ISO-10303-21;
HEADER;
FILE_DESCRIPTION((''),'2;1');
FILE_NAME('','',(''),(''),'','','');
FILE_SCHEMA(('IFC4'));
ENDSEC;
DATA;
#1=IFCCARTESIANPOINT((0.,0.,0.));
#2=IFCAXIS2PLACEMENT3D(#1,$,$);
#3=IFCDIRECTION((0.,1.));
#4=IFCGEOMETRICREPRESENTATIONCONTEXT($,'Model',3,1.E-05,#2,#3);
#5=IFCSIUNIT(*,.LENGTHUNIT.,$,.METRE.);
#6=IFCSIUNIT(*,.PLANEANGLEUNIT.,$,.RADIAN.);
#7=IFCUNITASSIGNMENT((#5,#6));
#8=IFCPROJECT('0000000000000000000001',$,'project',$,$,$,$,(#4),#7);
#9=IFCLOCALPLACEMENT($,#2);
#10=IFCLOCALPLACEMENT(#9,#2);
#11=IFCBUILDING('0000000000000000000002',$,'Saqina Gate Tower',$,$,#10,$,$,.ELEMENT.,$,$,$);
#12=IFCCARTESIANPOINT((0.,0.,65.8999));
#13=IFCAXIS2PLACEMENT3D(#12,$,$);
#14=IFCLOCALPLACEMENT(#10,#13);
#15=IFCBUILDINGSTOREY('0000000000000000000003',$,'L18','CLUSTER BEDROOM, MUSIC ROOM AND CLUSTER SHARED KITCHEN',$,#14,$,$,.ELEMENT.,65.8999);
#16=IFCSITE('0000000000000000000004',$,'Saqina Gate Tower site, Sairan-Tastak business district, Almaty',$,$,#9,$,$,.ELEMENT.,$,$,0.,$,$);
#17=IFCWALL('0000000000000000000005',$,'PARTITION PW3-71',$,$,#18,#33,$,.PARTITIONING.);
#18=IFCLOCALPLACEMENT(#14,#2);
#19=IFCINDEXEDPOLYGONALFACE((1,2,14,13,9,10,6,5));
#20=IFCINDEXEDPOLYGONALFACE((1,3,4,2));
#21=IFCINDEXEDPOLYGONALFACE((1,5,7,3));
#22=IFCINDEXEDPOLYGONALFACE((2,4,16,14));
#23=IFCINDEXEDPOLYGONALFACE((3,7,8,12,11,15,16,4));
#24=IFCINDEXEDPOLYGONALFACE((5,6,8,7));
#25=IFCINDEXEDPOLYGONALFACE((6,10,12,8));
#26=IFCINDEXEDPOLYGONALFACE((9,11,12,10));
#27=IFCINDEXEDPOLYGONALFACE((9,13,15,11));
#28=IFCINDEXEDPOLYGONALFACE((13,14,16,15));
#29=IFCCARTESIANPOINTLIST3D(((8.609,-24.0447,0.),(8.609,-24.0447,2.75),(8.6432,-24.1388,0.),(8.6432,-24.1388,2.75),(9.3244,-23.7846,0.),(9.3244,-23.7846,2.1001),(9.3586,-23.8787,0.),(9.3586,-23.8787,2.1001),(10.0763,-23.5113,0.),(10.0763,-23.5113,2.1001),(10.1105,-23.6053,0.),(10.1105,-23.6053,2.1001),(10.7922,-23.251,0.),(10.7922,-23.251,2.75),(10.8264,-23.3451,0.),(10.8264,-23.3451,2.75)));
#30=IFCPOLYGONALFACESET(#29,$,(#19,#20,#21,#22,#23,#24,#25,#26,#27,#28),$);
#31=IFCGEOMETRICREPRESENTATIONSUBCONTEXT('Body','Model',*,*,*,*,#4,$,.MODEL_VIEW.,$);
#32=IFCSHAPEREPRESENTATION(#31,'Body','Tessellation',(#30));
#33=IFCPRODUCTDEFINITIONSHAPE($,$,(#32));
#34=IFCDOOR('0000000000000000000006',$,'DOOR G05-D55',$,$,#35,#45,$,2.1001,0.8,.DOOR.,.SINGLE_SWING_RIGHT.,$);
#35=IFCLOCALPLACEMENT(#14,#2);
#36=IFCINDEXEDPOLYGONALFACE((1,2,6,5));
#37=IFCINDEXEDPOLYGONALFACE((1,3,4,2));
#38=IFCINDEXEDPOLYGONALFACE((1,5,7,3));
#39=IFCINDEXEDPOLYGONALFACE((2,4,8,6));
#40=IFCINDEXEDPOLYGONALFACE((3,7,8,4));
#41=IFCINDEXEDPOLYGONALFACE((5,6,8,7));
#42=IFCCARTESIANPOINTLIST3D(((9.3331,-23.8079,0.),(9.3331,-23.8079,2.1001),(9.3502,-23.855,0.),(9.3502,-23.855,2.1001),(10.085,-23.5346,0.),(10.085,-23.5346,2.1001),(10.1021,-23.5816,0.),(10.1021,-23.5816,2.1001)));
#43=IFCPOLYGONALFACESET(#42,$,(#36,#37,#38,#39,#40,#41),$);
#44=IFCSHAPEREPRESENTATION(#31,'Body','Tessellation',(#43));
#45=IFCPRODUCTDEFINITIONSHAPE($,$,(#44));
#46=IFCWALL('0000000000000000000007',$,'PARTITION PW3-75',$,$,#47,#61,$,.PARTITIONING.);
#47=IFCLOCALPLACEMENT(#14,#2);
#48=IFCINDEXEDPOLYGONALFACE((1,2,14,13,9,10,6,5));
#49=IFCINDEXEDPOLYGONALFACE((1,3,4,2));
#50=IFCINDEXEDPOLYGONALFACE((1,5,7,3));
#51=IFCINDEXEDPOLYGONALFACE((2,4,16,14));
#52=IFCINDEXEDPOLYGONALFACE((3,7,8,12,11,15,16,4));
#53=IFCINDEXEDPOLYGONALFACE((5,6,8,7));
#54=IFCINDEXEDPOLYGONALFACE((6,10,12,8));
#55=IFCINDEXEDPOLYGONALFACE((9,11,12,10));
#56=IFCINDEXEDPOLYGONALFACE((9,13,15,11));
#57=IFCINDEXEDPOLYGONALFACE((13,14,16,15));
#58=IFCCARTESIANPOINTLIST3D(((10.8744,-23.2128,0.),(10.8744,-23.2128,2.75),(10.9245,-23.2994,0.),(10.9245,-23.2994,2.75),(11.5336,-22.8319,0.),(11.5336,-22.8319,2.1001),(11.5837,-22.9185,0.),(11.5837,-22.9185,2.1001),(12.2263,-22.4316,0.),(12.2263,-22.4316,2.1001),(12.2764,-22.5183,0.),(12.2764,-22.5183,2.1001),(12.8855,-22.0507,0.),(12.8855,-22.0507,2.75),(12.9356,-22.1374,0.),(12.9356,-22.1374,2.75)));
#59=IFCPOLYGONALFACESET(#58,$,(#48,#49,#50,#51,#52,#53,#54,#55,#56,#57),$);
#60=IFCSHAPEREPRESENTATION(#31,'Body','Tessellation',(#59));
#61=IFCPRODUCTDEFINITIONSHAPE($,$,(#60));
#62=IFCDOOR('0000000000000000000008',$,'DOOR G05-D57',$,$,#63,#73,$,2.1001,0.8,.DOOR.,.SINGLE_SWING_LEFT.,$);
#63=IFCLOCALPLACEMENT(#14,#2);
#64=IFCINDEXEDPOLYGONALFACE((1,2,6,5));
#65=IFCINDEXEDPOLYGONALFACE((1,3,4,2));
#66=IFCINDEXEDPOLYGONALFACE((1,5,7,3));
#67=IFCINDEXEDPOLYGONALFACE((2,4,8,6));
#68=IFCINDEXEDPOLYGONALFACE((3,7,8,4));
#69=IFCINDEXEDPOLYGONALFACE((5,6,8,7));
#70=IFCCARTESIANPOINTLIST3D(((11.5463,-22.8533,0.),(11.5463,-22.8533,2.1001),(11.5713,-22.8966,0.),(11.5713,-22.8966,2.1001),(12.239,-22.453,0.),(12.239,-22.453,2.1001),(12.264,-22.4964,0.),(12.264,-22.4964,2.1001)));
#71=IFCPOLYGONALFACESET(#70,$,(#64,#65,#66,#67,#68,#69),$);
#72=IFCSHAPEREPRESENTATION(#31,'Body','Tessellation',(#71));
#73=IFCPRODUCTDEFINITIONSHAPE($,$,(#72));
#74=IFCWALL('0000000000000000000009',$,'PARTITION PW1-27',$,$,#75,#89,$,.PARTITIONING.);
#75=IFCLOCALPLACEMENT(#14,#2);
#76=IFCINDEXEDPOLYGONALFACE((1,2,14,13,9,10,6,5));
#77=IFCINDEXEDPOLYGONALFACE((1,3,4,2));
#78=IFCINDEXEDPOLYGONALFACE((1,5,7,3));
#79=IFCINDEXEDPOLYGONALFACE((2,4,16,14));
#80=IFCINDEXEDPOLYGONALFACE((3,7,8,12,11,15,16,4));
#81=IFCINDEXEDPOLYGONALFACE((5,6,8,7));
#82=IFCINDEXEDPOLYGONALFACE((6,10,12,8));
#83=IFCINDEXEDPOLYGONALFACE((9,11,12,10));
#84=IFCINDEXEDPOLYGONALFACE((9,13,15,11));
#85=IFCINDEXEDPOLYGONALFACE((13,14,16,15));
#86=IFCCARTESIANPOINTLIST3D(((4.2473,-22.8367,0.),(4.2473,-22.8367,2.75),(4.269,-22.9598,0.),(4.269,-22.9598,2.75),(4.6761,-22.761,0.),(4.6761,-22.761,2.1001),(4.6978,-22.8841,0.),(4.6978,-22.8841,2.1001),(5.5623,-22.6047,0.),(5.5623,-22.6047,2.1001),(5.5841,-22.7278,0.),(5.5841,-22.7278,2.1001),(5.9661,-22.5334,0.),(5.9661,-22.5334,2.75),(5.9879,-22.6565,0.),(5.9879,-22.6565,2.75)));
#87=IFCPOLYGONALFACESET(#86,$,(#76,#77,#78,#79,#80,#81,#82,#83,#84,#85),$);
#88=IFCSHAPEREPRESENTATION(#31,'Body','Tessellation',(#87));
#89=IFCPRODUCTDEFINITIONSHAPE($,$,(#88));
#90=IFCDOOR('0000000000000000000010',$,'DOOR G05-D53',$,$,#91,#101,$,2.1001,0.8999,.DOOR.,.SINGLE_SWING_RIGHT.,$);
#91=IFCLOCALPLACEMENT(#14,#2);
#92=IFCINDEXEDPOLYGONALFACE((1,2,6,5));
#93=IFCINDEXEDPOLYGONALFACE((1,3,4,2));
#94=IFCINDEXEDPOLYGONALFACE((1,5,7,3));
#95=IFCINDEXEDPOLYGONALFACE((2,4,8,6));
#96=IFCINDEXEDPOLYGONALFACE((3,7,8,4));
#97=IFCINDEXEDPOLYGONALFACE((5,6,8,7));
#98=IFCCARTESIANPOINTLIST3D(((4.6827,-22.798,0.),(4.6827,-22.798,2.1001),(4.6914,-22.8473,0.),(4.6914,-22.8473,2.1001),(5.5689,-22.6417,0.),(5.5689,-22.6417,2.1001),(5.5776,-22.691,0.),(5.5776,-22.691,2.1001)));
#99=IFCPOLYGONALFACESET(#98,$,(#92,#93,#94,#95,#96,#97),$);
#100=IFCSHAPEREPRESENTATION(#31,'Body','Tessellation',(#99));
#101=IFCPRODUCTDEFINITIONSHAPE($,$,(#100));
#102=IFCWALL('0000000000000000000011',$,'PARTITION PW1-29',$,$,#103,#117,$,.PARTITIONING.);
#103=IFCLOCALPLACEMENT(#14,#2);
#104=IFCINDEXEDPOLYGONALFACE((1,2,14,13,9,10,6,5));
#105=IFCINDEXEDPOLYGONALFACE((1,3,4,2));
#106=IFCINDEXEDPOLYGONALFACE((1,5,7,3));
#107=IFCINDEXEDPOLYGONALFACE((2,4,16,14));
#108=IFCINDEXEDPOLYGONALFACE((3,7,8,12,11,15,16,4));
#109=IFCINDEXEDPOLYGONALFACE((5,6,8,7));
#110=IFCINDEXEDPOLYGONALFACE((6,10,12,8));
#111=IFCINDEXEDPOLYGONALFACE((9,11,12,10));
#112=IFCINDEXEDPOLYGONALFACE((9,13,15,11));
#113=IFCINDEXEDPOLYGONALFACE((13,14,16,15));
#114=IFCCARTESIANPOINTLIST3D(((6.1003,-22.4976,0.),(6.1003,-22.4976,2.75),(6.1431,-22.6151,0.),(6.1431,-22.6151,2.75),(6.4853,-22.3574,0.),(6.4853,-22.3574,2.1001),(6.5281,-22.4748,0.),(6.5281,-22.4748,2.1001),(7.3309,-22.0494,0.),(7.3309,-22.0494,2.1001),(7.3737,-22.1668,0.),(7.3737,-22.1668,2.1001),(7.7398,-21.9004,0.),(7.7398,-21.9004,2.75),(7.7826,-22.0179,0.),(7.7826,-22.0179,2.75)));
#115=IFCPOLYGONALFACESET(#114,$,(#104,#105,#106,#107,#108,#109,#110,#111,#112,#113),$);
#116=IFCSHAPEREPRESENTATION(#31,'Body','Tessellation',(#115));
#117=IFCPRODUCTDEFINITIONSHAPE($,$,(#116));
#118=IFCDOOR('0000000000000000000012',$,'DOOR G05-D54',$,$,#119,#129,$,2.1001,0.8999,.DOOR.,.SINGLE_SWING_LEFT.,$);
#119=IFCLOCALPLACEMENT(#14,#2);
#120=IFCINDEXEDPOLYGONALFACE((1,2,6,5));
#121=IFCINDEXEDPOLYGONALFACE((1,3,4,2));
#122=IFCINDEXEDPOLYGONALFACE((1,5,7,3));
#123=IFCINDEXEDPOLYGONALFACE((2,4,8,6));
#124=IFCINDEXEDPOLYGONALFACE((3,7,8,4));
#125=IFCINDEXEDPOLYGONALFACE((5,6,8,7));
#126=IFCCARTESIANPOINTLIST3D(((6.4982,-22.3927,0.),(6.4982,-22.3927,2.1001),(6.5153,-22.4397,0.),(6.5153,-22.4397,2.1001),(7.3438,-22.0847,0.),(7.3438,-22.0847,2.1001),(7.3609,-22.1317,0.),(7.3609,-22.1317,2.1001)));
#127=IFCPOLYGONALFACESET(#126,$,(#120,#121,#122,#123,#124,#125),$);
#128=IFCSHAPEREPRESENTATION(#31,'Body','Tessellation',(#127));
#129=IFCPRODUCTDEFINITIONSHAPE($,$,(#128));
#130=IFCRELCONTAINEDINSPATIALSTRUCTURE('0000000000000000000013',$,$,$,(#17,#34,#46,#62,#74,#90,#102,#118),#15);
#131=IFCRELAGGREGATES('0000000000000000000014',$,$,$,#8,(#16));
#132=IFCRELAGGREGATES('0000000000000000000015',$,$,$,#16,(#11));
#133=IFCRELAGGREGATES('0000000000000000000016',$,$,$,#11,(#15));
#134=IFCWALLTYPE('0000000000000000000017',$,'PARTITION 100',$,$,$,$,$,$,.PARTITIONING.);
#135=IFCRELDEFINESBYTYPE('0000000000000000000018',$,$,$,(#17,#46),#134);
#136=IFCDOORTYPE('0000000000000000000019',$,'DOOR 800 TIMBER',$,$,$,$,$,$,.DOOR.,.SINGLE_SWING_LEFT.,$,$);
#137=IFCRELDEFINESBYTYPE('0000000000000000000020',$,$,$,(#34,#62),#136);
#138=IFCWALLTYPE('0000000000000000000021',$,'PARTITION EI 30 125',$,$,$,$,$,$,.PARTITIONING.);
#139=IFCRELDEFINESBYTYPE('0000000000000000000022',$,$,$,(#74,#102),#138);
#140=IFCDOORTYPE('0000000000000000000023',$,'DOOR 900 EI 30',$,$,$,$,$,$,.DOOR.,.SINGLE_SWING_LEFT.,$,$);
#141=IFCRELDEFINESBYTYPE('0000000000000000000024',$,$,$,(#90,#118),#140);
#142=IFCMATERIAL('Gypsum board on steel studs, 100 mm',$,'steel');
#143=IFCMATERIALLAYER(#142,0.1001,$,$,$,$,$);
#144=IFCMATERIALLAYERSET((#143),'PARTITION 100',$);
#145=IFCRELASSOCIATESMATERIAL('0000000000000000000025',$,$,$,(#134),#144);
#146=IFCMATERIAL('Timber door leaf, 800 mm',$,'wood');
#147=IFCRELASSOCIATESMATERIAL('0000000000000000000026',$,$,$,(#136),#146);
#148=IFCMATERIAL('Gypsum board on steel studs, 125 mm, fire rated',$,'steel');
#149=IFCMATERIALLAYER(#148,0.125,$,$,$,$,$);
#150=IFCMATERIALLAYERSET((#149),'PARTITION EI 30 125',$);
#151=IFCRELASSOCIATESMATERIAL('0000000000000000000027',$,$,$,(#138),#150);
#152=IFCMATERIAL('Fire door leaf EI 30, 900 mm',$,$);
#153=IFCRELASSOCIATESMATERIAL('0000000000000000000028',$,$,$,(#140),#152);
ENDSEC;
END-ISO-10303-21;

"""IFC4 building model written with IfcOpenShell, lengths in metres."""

from ifc_helpers import new_model, si_unit, direction, frame, frame_2d, origin, place, context, subcontext, project, spatial, rectangle, extrude, material, layer, layer_set, type_object, element, fill, save


model = new_model("IFC4")

# Units and contexts
model_context = context("Model", 3, precision=1e-05, world=origin(), true_north=direction((0.0, 1.0)))
body_context = subcontext(model_context, "Body", "Model", "MODEL_VIEW")
ifc_project = project(units=[si_unit("LENGTHUNIT", "METRE"), si_unit("PLANEANGLEUNIT", "RADIAN")], contexts=[model_context])

# Site, building, storey
site_placement = place(None, origin())
site = spatial("IfcSite", under=ifc_project, at=site_placement, Name="Saqina Gate Tower site, Sairan-Tastak business district, Almaty", CompositionType="ELEMENT", RefElevation=0.0)
building_placement = place(site_placement, origin())
building = spatial("IfcBuilding", under=site, at=building_placement, Name="Saqina Gate Tower", CompositionType="ELEMENT")
storey_placement = place(building_placement, frame((0.0, 0.0, 65.8999)))
storey = spatial("IfcBuildingStorey", under=building, at=storey_placement, Name="L18", Description="CLUSTER BEDROOM, MUSIC ROOM AND CLUSTER SHARED KITCHEN", CompositionType="ELEMENT", Elevation=65.8999)

# Shared definitions
ifc_material_1 = material(Name="Gypsum board on steel studs, 100 mm", Category="steel")
ifc_layer_1 = layer(ifc_material_1, 0.1001)
ifc_layer_set_1 = layer_set([ifc_layer_1], Name="PARTITION 100")
wall_type_1 = type_object("IfcWallType", Name="PARTITION 100", PredefinedType="PARTITIONING", material=ifc_layer_set_1)

# Shared definitions
ifc_material_2 = material(Name="Timber door leaf, 800 mm", Category="wood")
door_type_1 = type_object("IfcDoorType", Name="DOOR 800 TIMBER", OperationType="SINGLE_SWING_LEFT", PredefinedType="DOOR", material=ifc_material_2)

# Walls, openings, doors
wall_1_placement = place(storey_placement, frame((8.626, -24.0918, 0.0), z_axis=(0.0, 0.0, 1.0), x_axis=(0.939815, 0.341684, 0.0)))
wall_1 = element("IfcWall", 1, at=wall_1_placement, inside=storey, type_object=wall_type_1, Name="PARTITION PW3-71", PredefinedType="PARTITIONING", context=body_context, shape_type="SweptSolid", body=[
    extrude(rectangle(XDim=2.323, YDim=0.1001, at=frame_2d((1.1616, 0.0))), origin(), (0.0, 0.0, 1.0), 2.75),
])
opening_1_placement = place(wall_1_placement, frame((0.7615, 0.0, 0.0)))
opening_1 = element("IfcOpeningElement", 2, at=opening_1_placement, cuts=wall_1, PredefinedType="OPENING", context=body_context, shape_type="SweptSolid", body=[
    extrude(rectangle(XDim=0.8, YDim=2.1001, at=frame_2d((0.3999, 1.05))), frame((0.0, 0.062, 0.0), z_axis=(0.0, -1.0, 0.0), x_axis=(1.0, 0.0, 0.0)), (0.0, 0.0, 1.0), 0.124),
])
door_1_placement = place(opening_1_placement, frame((0.8, 0.0, 0.0), z_axis=(0.0, 0.0, 1.0), x_axis=(-1.0, 0.0, 0.0)))
door_1 = element("IfcDoor", 3, at=door_1_placement, inside=storey, type_object=door_type_1, Name="DOOR G05-D55", OperationType="SINGLE_SWING_RIGHT", OverallHeight=2.1001, OverallWidth=0.8, PredefinedType="DOOR", context=body_context, shape_type="SweptSolid", body=[
    extrude(rectangle(XDim=0.8, YDim=2.1001, at=frame_2d((0.3999, 1.05))), frame((0.0, 0.0249, 0.0), z_axis=(0.0, -1.0, 0.0), x_axis=(1.0, 0.0, 0.0)), (0.0, 0.0, 1.0), 0.05),
])
fill(opening_1, door_1)
wall_2_placement = place(storey_placement, frame((10.8994, -23.2561, 0.0), z_axis=(0.0, 0.0, 1.0), x_axis=(0.865853, 0.500299, 0.0)))
wall_2 = element("IfcWall", 4, at=wall_2_placement, inside=storey, type_object=wall_type_1, Name="PARTITION PW3-75", PredefinedType="PARTITIONING", context=body_context, shape_type="SweptSolid", body=[
    extrude(rectangle(XDim=2.3228, YDim=0.1001, at=frame_2d((1.1614, 0.0))), origin(), (0.0, 0.0, 1.0), 2.75),
])
opening_2_placement = place(wall_2_placement, frame((0.7615, 0.0, 0.0)))
opening_2 = element("IfcOpeningElement", 5, at=opening_2_placement, cuts=wall_2, PredefinedType="OPENING", context=body_context, shape_type="SweptSolid", body=[
    extrude(rectangle(XDim=0.8, YDim=2.1001, at=frame_2d((0.3999, 1.05))), frame((0.0, 0.062, 0.0), z_axis=(0.0, -1.0, 0.0), x_axis=(1.0, 0.0, 0.0)), (0.0, 0.0, 1.0), 0.124),
])
door_2_placement = place(opening_2_placement, frame((0.8, 0.0, 0.0), z_axis=(0.0, 0.0, 1.0), x_axis=(-1.0, 0.0, 0.0)))
door_2 = element("IfcDoor", 6, at=door_2_placement, inside=storey, type_object=door_type_1, Name="DOOR G05-D57", OperationType="SINGLE_SWING_LEFT", OverallHeight=2.1001, OverallWidth=0.8, PredefinedType="DOOR", context=body_context, shape_type="SweptSolid", body=[
    extrude(rectangle(XDim=0.8, YDim=2.1001, at=frame_2d((0.3999, 1.05))), frame((0.0, 0.0249, 0.0), z_axis=(0.0, -1.0, 0.0), x_axis=(1.0, 0.0, 0.0)), (0.0, 0.0, 1.0), 0.05),
])
fill(opening_2, door_2)
ifc_material_3 = material(Name="Gypsum board on steel studs, 125 mm, fire rated", Category="steel")
ifc_layer_2 = layer(ifc_material_3, 0.125)
ifc_layer_set_2 = layer_set([ifc_layer_2], Name="PARTITION EI 30 125")
wall_type_2 = type_object("IfcWallType", Name="PARTITION EI 30 125", PredefinedType="PARTITIONING", material=ifc_layer_set_2)
wall_3_placement = place(storey_placement, frame((4.2583, -22.8982, 0.0), z_axis=(0.0, 0.0, 1.0), x_axis=(0.984792, 0.173737, 0.0)))
wall_3 = element("IfcWall", 7, at=wall_3_placement, inside=storey, type_object=wall_type_2, Name="PARTITION PW1-27", PredefinedType="PARTITIONING", context=body_context, shape_type="SweptSolid", body=[
    extrude(rectangle(XDim=1.7454, YDim=0.125, at=frame_2d((0.8726, 0.0))), origin(), (0.0, 0.0, 1.0), 2.75),
])
opening_3_placement = place(wall_3_placement, frame((0.4353, 0.0, 0.0)))
opening_3 = element("IfcOpeningElement", 8, at=opening_3_placement, cuts=wall_3, PredefinedType="OPENING", context=body_context, shape_type="SweptSolid", body=[
    extrude(rectangle(XDim=0.8999, YDim=2.1001, at=frame_2d((0.45, 1.05))), frame((0.0, 0.0745, 0.0), z_axis=(0.0, -1.0, 0.0), x_axis=(1.0, 0.0, 0.0)), (0.0, 0.0, 1.0), 0.1489),
])
ifc_material_4 = material(Name="Fire door leaf EI 30, 900 mm")
door_type_2 = type_object("IfcDoorType", Name="DOOR 900 EI 30", OperationType="SINGLE_SWING_LEFT", PredefinedType="DOOR", material=ifc_material_4)
door_3_placement = place(opening_3_placement, origin())
door_3 = element("IfcDoor", 9, at=door_3_placement, inside=storey, type_object=door_type_2, Name="DOOR G05-D53", OperationType="SINGLE_SWING_RIGHT", OverallHeight=2.1001, OverallWidth=0.8999, PredefinedType="DOOR", context=body_context, shape_type="SweptSolid", body=[
    extrude(rectangle(XDim=0.8999, YDim=2.1001, at=frame_2d((0.45, 1.05))), frame((0.0, 0.0249, 0.0), z_axis=(0.0, -1.0, 0.0), x_axis=(1.0, 0.0, 0.0)), (0.0, 0.0, 1.0), 0.05),
])
fill(opening_3, door_3)
wall_4_placement = place(storey_placement, frame((6.1216, -22.5564, 0.0), z_axis=(0.0, 0.0, 1.0), x_axis=(0.939605, 0.34226, 0.0)))
wall_4 = element("IfcWall", 10, at=wall_4_placement, inside=storey, type_object=wall_type_2, Name="PARTITION PW1-29", PredefinedType="PARTITIONING", context=body_context, shape_type="SweptSolid", body=[
    extrude(rectangle(XDim=1.7449, YDim=0.125, at=frame_2d((0.8726, 0.0))), origin(), (0.0, 0.0, 1.0), 2.75),
])
opening_4_placement = place(wall_4_placement, frame((0.4099, 0.0, 0.0)))
opening_4 = element("IfcOpeningElement", 11, at=opening_4_placement, cuts=wall_4, PredefinedType="OPENING", context=body_context, shape_type="SweptSolid", body=[
    extrude(rectangle(XDim=0.8999, YDim=2.1001, at=frame_2d((0.45, 1.05))), frame((0.0, 0.0745, 0.0), z_axis=(0.0, -1.0, 0.0), x_axis=(1.0, 0.0, 0.0)), (0.0, 0.0, 1.0), 0.1489),
])
door_4_placement = place(opening_4_placement, origin())
door_4 = element("IfcDoor", 12, at=door_4_placement, inside=storey, type_object=door_type_2, Name="DOOR G05-D54", OperationType="SINGLE_SWING_LEFT", OverallHeight=2.1001, OverallWidth=0.8999, PredefinedType="DOOR", context=body_context, shape_type="SweptSolid", body=[
    extrude(rectangle(XDim=0.8999, YDim=2.1001, at=frame_2d((0.45, 1.05))), frame((0.0, 0.0249, 0.0), z_axis=(0.0, -1.0, 0.0), x_axis=(1.0, 0.0, 0.0)), (0.0, 0.0, 1.0), 0.05),
])
fill(opening_4, door_4)

save(model, "model.ifc")
